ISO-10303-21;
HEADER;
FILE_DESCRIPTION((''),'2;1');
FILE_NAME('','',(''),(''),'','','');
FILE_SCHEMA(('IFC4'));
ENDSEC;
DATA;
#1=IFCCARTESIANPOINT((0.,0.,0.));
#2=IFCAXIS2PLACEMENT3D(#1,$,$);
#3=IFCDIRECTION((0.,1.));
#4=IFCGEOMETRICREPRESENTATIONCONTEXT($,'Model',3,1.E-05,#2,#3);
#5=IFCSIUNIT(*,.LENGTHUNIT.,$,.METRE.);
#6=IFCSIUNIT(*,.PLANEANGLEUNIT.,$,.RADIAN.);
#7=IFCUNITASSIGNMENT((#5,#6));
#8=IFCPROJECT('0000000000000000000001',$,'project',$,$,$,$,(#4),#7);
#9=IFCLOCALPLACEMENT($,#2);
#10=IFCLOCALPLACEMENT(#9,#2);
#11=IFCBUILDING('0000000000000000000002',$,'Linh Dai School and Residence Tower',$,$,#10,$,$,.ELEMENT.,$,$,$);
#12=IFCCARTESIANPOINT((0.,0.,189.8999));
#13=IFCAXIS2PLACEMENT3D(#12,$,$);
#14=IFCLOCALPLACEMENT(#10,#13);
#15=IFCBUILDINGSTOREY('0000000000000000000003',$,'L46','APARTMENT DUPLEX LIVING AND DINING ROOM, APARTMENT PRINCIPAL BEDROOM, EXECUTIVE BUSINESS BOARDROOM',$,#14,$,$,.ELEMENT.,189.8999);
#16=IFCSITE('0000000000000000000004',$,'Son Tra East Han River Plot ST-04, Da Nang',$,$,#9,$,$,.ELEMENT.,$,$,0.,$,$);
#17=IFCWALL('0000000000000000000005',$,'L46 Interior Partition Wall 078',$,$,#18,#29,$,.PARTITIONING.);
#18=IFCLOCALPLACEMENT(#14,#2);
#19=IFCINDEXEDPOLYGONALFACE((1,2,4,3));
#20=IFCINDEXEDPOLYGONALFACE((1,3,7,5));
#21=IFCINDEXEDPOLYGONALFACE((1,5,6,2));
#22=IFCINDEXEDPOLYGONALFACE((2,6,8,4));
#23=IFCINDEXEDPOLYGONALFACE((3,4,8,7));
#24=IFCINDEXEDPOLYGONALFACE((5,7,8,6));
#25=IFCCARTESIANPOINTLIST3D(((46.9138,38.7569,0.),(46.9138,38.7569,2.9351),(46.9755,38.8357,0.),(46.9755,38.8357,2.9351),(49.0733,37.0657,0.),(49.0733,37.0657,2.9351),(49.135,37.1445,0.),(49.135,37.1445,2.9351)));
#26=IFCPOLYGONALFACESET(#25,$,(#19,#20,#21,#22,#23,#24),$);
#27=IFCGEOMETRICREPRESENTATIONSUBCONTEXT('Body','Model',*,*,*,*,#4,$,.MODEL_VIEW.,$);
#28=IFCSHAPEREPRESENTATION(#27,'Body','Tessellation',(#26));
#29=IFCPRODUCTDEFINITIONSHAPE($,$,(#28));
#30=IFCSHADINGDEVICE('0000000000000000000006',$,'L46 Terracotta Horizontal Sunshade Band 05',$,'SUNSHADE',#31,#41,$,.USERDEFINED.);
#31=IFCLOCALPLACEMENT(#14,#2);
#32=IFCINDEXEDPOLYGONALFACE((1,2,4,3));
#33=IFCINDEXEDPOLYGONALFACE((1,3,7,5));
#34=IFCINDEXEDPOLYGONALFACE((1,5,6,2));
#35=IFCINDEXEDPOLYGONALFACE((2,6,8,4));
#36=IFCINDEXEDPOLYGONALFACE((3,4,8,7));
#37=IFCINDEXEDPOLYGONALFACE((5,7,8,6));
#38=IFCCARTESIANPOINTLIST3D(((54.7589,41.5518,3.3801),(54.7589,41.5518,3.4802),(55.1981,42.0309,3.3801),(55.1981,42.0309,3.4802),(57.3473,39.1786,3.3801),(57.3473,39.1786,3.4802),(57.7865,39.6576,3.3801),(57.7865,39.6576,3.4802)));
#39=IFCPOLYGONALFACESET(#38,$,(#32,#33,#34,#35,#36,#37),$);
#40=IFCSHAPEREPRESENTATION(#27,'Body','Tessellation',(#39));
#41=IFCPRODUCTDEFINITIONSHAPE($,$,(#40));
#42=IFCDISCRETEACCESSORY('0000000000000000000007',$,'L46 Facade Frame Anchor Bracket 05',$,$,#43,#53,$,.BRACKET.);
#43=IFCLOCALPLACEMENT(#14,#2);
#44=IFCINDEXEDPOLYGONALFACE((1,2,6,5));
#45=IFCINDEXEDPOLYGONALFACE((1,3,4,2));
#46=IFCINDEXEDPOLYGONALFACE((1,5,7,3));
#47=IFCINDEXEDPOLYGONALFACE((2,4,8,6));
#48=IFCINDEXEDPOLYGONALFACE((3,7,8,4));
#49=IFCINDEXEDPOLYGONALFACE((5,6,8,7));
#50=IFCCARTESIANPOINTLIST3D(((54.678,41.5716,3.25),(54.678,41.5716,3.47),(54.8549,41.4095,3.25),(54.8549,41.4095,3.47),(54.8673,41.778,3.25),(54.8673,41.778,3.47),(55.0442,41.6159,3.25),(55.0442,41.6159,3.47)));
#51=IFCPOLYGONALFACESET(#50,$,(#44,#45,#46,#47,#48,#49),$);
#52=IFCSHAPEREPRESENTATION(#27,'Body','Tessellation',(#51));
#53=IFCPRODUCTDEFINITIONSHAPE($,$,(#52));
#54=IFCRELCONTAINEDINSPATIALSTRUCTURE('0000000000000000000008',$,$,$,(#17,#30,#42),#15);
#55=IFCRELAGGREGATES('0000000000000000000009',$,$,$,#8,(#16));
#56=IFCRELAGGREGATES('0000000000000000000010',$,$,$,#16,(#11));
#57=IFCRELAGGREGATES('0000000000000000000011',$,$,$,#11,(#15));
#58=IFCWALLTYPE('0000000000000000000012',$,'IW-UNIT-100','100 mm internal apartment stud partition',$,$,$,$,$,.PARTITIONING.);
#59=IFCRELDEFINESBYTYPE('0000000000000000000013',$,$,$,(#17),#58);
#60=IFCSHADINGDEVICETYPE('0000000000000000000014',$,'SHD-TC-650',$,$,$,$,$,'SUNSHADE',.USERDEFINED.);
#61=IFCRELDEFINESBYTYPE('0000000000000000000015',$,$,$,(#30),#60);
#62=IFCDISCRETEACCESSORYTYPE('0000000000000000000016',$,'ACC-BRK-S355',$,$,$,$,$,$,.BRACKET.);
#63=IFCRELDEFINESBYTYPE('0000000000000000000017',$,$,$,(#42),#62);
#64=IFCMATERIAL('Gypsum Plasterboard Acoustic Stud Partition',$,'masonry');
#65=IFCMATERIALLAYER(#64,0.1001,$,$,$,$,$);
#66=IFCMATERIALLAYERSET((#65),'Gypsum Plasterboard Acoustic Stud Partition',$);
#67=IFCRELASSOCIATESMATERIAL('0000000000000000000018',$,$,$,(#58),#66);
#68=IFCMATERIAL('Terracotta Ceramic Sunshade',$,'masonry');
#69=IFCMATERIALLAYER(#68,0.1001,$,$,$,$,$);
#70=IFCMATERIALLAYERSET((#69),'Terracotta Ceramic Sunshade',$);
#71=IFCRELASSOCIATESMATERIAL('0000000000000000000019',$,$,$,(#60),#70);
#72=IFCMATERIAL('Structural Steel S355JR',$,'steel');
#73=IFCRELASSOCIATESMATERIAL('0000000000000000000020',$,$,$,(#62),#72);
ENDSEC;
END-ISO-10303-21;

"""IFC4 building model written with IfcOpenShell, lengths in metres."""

from ifc_helpers import new_model, si_unit, direction, frame, frame_2d, origin, origin_2d, place, context, subcontext, project, spatial, rectangle, extrude, source, transform, mapped, material, layer, layer_set, type_object, element, save


model = new_model("IFC4")

# Units and contexts
model_context = context("Model", 3, precision=1e-05, world=origin(), true_north=direction((0.0, 1.0)))
body_context = subcontext(model_context, "Body", "Model", "MODEL_VIEW")
ifc_project = project(units=[si_unit("LENGTHUNIT", "METRE"), si_unit("PLANEANGLEUNIT", "RADIAN")], contexts=[model_context])

# Site, building, storey
site_placement = place(None, origin())
site = spatial("IfcSite", under=ifc_project, at=site_placement, Name="Son Tra East Han River Plot ST-04, Da Nang", CompositionType="ELEMENT", RefElevation=0.0)
building_placement = place(site_placement, origin())
building = spatial("IfcBuilding", under=site, at=building_placement, Name="Linh Dai School and Residence Tower", CompositionType="ELEMENT")
storey_placement = place(building_placement, frame((0.0, 0.0, 189.8999)))
storey = spatial("IfcBuildingStorey", under=building, at=storey_placement, Name="L46", Description="APARTMENT DUPLEX LIVING AND DINING ROOM, APARTMENT PRINCIPAL BEDROOM, EXECUTIVE BUSINESS BOARDROOM", CompositionType="ELEMENT", Elevation=189.8999)

# Shared definitions
ifc_material_1 = material(Name="Structural Steel S355JR", Category="steel")

# Wall
ifc_material_2 = material(Name="Gypsum Plasterboard Acoustic Stud Partition", Category="masonry")
ifc_layer_1 = layer(ifc_material_2, 0.1001)
ifc_layer_set_1 = layer_set([ifc_layer_1], Name="Gypsum Plasterboard Acoustic Stud Partition")
wall_type_1 = type_object("IfcWallType", Name="IW-UNIT-100", Description="100 mm internal apartment stud partition", PredefinedType="PARTITIONING", material=ifc_layer_set_1)
wall_1_placement = place(storey_placement, frame((46.9446, 38.7964, 0.0), z_axis=(0.0, 0.0, 1.0), x_axis=(0.787296, -0.616575, 0.0)))
element("IfcWall", 1, at=wall_1_placement, inside=storey, type_object=wall_type_1, Name="L46 Interior Partition Wall 078", PredefinedType="PARTITIONING", context=body_context, shape_type="SweptSolid", body=[
    extrude(rectangle(XDim=2.7429, YDim=0.1001, at=frame_2d((1.3716, 0.0))), origin(), (0.0, 0.0, 1.0), 2.9351),
])

# Shading device
ifc_material_3 = material(Name="Terracotta Ceramic Sunshade", Category="masonry")
ifc_layer_2 = layer(ifc_material_3, 0.1001)
ifc_layer_set_2 = layer_set([ifc_layer_2], Name="Terracotta Ceramic Sunshade")
shading_device_type = type_object("IfcShadingDeviceType", Name="SHD-TC-650", ElementType="SUNSHADE", PredefinedType="USERDEFINED", material=ifc_layer_set_2)
shared_shape_1 = source(origin(), body_context, "Body", "SweptSolid", [
    extrude(rectangle(XDim=3.5117, YDim=0.6499, at=origin_2d()), origin(), (0.0, 0.0, 1.0), 0.1001),
])
shading_device_placement = place(storey_placement, frame((56.2727, 40.6047, 3.3801), z_axis=(0.0, 0.0, 1.0), x_axis=(0.737085, -0.6758, 0.0)))
element("IfcShadingDevice", 2, at=shading_device_placement, inside=storey, type_object=shading_device_type, Name="L46 Terracotta Horizontal Sunshade Band 05", ObjectType="SUNSHADE", PredefinedType="USERDEFINED", context=body_context, shape_type="MappedRepresentation", body=[
    mapped(shared_shape_1, transform((0.0, 0.0, 0.0), x_axis=(1.0, 0.0, 0.0), y_axis=(0.0, 1.0, 0.0), z_axis=(0.0, 0.0, 1.0), scale=1.0)),
])

# Discrete accessory
discrete_accessory_type = type_object("IfcDiscreteAccessoryType", Name="ACC-BRK-S355", PredefinedType="BRACKET", material=ifc_material_1)
shared_shape_2 = source(origin(), body_context, "Body", "SweptSolid", [
    extrude(rectangle(XDim=0.28, YDim=0.24, at=origin_2d()), origin(), (0.0, 0.0, 1.0), 0.22),
])
discrete_accessory_placement = place(storey_placement, frame((54.8611, 41.5938, 3.25), z_axis=(0.0, 0.0, 1.0), x_axis=(0.6758, 0.737085, 0.0)))
element("IfcDiscreteAccessory", 3, at=discrete_accessory_placement, inside=storey, type_object=discrete_accessory_type, Name="L46 Facade Frame Anchor Bracket 05", PredefinedType="BRACKET", context=body_context, shape_type="MappedRepresentation", body=[
    mapped(shared_shape_2, transform((0.0, 0.0, 0.0), x_axis=(1.0, 0.0, 0.0), y_axis=(0.0, 1.0, 0.0), z_axis=(0.0, 0.0, 1.0), scale=1.0)),
])

save(model, "model.ifc")
